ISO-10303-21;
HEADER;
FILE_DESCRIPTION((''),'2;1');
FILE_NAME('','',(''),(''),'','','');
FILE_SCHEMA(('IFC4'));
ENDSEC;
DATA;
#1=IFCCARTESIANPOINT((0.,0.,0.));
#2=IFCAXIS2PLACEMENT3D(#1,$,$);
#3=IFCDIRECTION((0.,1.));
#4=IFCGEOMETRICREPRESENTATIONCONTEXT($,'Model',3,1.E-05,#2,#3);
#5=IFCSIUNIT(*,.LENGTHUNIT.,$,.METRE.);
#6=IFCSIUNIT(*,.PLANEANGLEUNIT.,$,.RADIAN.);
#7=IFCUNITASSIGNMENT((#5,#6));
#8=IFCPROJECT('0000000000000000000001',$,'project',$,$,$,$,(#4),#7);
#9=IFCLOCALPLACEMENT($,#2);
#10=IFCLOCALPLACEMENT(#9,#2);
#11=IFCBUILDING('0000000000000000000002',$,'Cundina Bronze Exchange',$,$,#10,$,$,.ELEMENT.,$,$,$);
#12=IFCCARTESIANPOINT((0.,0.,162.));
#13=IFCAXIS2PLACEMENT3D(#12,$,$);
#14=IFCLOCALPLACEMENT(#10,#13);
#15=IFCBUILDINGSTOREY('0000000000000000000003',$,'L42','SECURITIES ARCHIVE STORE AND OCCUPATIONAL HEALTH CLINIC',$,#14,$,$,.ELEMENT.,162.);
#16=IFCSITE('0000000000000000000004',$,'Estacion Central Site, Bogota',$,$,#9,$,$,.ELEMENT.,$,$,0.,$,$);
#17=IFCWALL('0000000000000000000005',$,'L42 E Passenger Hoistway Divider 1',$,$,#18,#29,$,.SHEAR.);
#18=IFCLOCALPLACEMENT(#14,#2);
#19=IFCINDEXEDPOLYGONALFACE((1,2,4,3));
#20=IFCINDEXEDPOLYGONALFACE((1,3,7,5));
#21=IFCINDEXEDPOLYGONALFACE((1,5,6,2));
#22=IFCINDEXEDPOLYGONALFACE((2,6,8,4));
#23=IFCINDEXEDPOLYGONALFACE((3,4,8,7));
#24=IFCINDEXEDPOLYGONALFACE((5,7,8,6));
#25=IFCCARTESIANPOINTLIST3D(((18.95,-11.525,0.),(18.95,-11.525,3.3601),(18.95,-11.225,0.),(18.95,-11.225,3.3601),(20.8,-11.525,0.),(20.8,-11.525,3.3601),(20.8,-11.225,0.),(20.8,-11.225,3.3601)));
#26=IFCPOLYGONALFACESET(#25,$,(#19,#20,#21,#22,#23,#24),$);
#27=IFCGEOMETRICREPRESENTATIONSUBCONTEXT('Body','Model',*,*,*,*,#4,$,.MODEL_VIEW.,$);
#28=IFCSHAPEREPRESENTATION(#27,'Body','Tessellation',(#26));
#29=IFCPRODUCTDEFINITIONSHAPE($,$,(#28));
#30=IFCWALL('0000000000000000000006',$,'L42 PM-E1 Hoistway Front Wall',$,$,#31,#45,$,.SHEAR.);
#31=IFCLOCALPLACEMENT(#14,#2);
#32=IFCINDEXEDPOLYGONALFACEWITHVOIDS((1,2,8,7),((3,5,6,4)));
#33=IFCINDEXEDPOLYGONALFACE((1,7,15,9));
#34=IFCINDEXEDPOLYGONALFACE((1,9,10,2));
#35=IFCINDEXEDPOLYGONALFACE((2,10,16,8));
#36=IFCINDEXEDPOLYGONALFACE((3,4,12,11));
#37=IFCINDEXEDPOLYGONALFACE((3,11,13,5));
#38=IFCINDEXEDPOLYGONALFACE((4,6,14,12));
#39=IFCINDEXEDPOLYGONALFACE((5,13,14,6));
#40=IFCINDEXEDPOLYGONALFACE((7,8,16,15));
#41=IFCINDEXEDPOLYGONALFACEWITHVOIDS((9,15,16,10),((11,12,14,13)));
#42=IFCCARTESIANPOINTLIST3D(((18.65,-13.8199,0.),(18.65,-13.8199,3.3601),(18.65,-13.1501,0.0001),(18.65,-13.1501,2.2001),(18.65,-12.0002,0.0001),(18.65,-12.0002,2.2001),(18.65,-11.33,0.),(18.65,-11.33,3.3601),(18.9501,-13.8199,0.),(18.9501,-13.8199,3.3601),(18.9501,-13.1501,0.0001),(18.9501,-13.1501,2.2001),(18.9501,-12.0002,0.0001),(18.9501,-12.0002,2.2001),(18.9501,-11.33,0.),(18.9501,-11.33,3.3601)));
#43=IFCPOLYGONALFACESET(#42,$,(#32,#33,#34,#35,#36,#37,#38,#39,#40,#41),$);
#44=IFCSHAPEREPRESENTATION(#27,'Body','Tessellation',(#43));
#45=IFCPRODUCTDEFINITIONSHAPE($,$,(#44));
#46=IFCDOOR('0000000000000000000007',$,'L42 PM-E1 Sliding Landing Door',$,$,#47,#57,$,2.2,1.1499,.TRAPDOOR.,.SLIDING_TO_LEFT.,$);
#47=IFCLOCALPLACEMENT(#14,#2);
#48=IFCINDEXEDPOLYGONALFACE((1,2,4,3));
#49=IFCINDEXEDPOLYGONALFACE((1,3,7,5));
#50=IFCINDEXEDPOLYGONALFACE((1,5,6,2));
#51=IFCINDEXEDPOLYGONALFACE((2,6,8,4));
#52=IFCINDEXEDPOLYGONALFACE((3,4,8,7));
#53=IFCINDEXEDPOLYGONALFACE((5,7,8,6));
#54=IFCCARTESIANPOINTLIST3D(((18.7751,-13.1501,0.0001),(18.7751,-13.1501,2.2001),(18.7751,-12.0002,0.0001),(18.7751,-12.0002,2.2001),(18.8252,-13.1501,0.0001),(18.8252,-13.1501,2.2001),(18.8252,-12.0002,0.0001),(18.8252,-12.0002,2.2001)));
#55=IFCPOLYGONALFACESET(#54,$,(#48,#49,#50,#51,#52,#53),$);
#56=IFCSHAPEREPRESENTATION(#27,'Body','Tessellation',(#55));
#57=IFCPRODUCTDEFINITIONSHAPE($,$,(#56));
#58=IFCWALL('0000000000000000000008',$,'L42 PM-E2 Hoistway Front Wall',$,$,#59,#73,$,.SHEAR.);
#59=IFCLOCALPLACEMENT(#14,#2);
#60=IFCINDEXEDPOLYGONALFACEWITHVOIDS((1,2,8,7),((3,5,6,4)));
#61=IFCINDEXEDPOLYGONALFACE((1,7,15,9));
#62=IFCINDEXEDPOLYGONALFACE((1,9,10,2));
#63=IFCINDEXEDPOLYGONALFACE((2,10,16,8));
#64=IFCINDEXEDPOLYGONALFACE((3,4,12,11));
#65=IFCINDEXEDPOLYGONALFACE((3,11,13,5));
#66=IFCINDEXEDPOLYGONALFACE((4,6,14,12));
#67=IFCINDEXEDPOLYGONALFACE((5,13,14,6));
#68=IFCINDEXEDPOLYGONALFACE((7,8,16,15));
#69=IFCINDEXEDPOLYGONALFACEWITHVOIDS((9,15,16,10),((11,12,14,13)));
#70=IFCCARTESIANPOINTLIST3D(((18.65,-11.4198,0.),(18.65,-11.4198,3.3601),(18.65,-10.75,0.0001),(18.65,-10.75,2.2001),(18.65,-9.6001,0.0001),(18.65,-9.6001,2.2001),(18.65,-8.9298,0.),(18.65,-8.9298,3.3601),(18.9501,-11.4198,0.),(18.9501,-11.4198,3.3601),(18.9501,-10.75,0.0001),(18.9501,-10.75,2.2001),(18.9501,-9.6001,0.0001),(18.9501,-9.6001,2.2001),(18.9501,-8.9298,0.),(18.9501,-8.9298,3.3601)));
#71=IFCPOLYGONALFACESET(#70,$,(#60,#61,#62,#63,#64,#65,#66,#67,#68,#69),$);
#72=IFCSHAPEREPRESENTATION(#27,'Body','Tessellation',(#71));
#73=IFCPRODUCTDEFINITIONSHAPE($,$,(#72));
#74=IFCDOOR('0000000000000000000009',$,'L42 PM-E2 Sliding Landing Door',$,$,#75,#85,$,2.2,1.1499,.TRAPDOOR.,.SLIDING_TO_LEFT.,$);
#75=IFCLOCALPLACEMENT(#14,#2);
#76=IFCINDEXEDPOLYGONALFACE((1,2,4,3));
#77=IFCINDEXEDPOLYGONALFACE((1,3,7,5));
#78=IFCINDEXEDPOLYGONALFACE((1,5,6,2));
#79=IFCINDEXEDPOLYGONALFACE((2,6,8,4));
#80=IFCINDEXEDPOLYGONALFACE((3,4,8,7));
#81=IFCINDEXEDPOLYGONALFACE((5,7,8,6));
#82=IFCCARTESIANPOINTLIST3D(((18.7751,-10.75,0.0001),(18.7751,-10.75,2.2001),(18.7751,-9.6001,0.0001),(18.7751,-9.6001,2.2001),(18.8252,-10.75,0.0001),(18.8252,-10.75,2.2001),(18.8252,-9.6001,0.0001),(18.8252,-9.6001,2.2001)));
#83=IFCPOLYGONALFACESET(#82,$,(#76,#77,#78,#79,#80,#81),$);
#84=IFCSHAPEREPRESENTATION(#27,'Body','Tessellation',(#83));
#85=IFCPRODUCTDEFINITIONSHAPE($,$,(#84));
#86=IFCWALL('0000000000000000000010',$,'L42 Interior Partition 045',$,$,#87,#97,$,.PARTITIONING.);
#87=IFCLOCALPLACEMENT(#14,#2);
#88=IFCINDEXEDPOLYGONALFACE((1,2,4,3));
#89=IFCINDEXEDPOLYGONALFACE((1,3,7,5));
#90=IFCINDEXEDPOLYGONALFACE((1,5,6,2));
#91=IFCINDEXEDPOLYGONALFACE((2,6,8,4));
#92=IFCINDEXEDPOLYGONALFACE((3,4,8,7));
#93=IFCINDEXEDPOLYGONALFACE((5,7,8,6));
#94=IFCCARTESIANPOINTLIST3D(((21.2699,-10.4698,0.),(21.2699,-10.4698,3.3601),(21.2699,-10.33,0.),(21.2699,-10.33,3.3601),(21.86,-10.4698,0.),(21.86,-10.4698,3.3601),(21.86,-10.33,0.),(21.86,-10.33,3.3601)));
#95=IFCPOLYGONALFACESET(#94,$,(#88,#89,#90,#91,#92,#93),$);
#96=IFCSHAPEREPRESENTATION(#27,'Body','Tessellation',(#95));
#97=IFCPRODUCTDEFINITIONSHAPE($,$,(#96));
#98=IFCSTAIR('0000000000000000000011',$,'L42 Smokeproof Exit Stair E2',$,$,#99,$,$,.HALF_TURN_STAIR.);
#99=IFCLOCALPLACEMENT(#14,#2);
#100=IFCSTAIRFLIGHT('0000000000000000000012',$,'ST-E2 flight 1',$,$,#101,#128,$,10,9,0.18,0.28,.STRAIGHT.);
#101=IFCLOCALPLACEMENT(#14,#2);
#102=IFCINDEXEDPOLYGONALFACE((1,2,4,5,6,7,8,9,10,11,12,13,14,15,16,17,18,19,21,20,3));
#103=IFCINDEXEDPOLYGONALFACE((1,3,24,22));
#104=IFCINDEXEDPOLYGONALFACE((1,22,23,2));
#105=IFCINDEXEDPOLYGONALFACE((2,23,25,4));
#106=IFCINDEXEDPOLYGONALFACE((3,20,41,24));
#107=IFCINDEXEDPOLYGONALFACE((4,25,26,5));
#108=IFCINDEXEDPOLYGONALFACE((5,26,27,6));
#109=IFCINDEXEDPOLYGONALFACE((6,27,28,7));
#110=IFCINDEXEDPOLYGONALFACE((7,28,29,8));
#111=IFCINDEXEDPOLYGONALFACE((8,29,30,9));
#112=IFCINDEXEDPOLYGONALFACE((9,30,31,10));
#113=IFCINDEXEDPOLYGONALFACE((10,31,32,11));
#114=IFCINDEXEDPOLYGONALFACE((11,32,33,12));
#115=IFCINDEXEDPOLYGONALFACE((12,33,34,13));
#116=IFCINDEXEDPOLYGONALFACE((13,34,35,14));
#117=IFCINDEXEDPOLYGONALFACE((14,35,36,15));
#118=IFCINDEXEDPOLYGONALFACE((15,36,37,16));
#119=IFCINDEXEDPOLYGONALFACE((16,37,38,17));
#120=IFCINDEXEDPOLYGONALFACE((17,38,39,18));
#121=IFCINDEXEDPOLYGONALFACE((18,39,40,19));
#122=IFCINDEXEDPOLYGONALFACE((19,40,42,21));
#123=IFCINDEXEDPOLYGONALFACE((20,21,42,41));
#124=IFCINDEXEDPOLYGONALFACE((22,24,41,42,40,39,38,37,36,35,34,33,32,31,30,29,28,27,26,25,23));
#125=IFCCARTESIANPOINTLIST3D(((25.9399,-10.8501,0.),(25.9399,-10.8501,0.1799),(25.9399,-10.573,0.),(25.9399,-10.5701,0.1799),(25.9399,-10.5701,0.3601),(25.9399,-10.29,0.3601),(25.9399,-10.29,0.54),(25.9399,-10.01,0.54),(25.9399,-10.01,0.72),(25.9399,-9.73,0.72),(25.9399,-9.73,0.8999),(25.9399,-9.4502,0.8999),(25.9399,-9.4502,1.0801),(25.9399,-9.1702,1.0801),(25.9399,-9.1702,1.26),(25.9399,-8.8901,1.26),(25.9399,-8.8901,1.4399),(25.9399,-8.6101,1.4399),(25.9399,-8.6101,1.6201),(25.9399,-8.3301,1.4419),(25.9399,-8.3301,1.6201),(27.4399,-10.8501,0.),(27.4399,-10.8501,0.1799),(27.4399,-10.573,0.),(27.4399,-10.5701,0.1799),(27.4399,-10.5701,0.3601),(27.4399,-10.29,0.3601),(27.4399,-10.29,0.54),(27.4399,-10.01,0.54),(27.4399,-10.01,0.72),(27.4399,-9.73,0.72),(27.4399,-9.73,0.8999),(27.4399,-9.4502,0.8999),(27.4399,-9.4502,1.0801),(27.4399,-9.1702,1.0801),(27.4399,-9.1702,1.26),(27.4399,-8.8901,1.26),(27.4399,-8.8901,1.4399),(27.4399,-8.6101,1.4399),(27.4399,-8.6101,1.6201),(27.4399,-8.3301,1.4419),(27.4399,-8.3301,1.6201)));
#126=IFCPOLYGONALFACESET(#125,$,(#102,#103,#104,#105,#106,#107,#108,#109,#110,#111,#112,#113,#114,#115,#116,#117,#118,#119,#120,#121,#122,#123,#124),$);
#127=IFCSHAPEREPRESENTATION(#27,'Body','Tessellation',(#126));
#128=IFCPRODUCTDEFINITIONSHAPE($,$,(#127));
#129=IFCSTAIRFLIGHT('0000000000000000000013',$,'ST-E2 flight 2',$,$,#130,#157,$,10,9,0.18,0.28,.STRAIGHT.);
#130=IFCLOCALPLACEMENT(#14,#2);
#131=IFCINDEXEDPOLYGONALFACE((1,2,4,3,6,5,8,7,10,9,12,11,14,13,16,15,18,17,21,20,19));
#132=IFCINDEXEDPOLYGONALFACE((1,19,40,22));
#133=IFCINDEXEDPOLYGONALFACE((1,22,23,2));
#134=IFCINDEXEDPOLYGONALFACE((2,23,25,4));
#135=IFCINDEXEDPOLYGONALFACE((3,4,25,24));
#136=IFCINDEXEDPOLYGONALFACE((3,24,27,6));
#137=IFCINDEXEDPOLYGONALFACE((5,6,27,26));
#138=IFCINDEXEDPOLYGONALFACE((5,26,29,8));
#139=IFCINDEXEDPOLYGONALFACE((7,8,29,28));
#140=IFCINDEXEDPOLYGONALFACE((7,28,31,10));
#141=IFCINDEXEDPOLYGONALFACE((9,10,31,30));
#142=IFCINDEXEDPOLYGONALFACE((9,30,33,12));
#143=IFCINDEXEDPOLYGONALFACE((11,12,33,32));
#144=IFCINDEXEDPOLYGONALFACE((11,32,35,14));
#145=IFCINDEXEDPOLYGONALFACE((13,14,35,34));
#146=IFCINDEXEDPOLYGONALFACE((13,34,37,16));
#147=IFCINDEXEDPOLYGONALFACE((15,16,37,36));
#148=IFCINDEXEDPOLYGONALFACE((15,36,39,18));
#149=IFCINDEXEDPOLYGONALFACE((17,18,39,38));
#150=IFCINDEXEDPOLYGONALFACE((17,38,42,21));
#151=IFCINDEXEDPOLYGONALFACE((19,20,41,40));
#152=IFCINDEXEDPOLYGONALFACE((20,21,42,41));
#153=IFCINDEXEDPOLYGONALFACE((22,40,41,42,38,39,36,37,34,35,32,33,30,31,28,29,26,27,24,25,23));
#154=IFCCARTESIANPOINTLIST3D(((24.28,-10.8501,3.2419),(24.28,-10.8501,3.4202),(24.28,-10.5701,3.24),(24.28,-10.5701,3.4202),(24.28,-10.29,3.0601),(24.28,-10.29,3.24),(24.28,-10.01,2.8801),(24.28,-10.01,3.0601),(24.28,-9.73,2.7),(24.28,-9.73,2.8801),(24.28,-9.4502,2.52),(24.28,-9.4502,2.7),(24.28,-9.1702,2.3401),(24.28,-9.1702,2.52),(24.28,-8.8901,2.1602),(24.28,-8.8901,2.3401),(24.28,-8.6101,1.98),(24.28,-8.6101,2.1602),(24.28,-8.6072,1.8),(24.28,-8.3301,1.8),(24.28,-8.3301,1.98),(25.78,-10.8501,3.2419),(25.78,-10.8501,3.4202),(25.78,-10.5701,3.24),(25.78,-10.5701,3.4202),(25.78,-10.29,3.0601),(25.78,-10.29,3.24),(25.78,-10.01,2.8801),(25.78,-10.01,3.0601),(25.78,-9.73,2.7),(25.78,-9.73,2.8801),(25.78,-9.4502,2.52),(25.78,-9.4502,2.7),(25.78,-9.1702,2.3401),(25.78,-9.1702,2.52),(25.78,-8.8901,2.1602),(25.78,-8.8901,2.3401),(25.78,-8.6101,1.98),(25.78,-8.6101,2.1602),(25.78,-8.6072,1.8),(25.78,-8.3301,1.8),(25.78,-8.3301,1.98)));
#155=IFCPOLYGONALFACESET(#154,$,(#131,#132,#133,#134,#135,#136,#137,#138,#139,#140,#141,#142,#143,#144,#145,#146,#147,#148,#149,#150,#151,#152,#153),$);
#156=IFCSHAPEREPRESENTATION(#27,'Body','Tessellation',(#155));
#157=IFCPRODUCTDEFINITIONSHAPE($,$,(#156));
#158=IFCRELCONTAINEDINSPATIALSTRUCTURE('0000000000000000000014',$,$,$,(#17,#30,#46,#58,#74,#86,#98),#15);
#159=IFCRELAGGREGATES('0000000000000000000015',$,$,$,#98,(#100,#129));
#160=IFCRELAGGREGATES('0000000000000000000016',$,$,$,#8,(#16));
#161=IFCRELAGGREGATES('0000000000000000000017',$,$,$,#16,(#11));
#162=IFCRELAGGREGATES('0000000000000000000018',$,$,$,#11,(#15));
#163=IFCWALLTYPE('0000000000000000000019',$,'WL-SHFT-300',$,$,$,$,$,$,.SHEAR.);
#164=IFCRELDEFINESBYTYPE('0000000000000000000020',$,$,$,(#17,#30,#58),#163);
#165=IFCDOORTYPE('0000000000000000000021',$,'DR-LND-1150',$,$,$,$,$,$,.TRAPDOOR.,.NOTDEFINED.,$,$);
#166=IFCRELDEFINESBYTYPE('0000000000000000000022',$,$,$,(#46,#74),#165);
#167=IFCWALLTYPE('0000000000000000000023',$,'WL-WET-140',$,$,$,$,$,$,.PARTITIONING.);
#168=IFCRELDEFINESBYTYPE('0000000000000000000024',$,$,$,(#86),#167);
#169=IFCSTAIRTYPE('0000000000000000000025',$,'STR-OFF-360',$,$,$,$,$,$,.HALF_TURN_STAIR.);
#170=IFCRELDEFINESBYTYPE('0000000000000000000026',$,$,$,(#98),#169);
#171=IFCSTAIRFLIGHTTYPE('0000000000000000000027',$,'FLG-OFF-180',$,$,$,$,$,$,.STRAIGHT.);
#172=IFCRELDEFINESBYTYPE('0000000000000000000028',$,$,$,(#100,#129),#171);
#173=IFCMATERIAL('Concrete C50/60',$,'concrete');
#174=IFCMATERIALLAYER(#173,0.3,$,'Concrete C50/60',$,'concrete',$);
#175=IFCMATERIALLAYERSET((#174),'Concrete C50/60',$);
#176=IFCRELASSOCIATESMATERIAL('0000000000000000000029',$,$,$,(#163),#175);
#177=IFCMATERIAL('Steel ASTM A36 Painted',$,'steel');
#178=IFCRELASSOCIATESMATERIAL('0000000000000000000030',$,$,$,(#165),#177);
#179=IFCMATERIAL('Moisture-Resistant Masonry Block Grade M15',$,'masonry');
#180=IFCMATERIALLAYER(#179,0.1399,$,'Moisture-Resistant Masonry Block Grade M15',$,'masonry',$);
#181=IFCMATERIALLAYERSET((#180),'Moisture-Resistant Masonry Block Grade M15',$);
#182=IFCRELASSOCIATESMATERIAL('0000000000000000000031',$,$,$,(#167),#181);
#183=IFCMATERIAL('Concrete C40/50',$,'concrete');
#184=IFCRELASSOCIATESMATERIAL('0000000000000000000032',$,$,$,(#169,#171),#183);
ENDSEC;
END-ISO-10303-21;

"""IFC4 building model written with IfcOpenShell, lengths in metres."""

from ifc_helpers import new_model, si_unit, direction, frame, frame_2d, origin, place, context, subcontext, project, spatial, polyline, rectangle, outline, extrude, material, layer, layer_set, type_object, element, fill, aggregate, save


model = new_model("IFC4")

# Units and contexts
model_context = context("Model", 3, precision=1e-05, world=origin(), true_north=direction((0.0, 1.0)))
body_context = subcontext(model_context, "Body", "Model", "MODEL_VIEW")
ifc_project = project(units=[si_unit("LENGTHUNIT", "METRE"), si_unit("PLANEANGLEUNIT", "RADIAN")], contexts=[model_context])

# Site, building, storey
site_placement = place(None, origin())
site = spatial("IfcSite", under=ifc_project, at=site_placement, Name="Estacion Central Site, Bogota", CompositionType="ELEMENT", RefElevation=0.0)
building_placement = place(site_placement, origin())
building = spatial("IfcBuilding", under=site, at=building_placement, Name="Cundina Bronze Exchange", CompositionType="ELEMENT")
storey_placement = place(building_placement, frame((0.0, 0.0, 162.0)))
storey = spatial("IfcBuildingStorey", under=building, at=storey_placement, Name="L42", Description="SECURITIES ARCHIVE STORE AND OCCUPATIONAL HEALTH CLINIC", CompositionType="ELEMENT", Elevation=162.0)

# Shared definitions
ifc_material_1 = material(Name="Concrete C50/60", Category="concrete")

# Shared definitions
ifc_layer_1 = layer(ifc_material_1, 0.3, Name="Concrete C50/60", Category="concrete")
ifc_layer_set_1 = layer_set([ifc_layer_1], Name="Concrete C50/60")
wall_type_1 = type_object("IfcWallType", Name="WL-SHFT-300", PredefinedType="SHEAR", material=ifc_layer_set_1)

# Shared definitions
ifc_material_2 = material(Name="Steel ASTM A36 Painted", Category="steel")
door_type_1 = type_object("IfcDoorType", Name="DR-LND-1150", OperationType="NOTDEFINED", PredefinedType="TRAPDOOR", material=ifc_material_2)

# Wall
wall_1_placement = place(storey_placement, frame((18.95, -11.375, 0.0), z_axis=(0.0, 0.0, 1.0), x_axis=(1.0, 0.0, 0.0)))
element("IfcWall", 1, at=wall_1_placement, inside=storey, type_object=wall_type_1, Name="L42 E Passenger Hoistway Divider 1", PredefinedType="SHEAR", context=body_context, shape_type="SweptSolid", body=[
    extrude(rectangle(XDim=1.8501, YDim=0.3, at=frame_2d((0.925, 0.0))), origin(), (0.0, 0.0, 1.0), 3.3601),
])

# Walls, openings, doors
wall_2_placement = place(storey_placement, frame((18.8, -13.8201, 0.0), z_axis=(0.0, 0.0, 1.0), x_axis=(0.0, 1.0, 0.0)))
wall_2 = element("IfcWall", 2, at=wall_2_placement, inside=storey, type_object=wall_type_1, Name="L42 PM-E1 Hoistway Front Wall", PredefinedType="SHEAR", context=body_context, shape_type="SweptSolid", body=[
    extrude(rectangle(XDim=2.49, YDim=0.3, at=frame_2d((1.2451, 0.0))), origin(), (0.0, 0.0, 1.0), 3.3601),
])
opening_1_placement = place(wall_2_placement, frame((0.6699, 0.0, 0.0)))
opening_1 = element("IfcOpeningElement", 3, at=opening_1_placement, cuts=wall_2, PredefinedType="OPENING", context=body_context, shape_type="SweptSolid", body=[
    extrude(rectangle(XDim=1.1499, YDim=2.2, at=frame_2d((0.575, 1.1001))), frame((0.0, 0.1599, 0.0), z_axis=(0.0, -1.0, 0.0), x_axis=(1.0, 0.0, 0.0)), (0.0, 0.0, 1.0), 0.3201),
])
door_1_placement = place(opening_1_placement, origin())
door_1 = element("IfcDoor", 4, at=door_1_placement, inside=storey, type_object=door_type_1, Name="L42 PM-E1 Sliding Landing Door", OperationType="SLIDING_TO_LEFT", OverallHeight=2.2, OverallWidth=1.1499, PredefinedType="TRAPDOOR", context=body_context, shape_type="SweptSolid", body=[
    extrude(rectangle(XDim=1.1499, YDim=2.2, at=frame_2d((0.575, 1.1001))), frame((0.0, 0.0249, 0.0), z_axis=(0.0, -1.0, 0.0), x_axis=(1.0, 0.0, 0.0)), (0.0, 0.0, 1.0), 0.05),
])
fill(opening_1, door_1)
wall_3_placement = place(storey_placement, frame((18.8, -11.4199, 0.0), z_axis=(0.0, 0.0, 1.0), x_axis=(0.0, 1.0, 0.0)))
wall_3 = element("IfcWall", 5, at=wall_3_placement, inside=storey, type_object=wall_type_1, Name="L42 PM-E2 Hoistway Front Wall", PredefinedType="SHEAR", context=body_context, shape_type="SweptSolid", body=[
    extrude(rectangle(XDim=2.49, YDim=0.3, at=frame_2d((1.2451, 0.0))), origin(), (0.0, 0.0, 1.0), 3.3601),
])
opening_2_placement = place(wall_3_placement, frame((0.6699, 0.0, 0.0)))
opening_2 = element("IfcOpeningElement", 6, at=opening_2_placement, cuts=wall_3, PredefinedType="OPENING", context=body_context, shape_type="SweptSolid", body=[
    extrude(rectangle(XDim=1.1499, YDim=2.2, at=frame_2d((0.575, 1.1001))), frame((0.0, 0.1599, 0.0), z_axis=(0.0, -1.0, 0.0), x_axis=(1.0, 0.0, 0.0)), (0.0, 0.0, 1.0), 0.3201),
])
door_2_placement = place(opening_2_placement, origin())
door_2 = element("IfcDoor", 7, at=door_2_placement, inside=storey, type_object=door_type_1, Name="L42 PM-E2 Sliding Landing Door", OperationType="SLIDING_TO_LEFT", OverallHeight=2.2, OverallWidth=1.1499, PredefinedType="TRAPDOOR", context=body_context, shape_type="SweptSolid", body=[
    extrude(rectangle(XDim=1.1499, YDim=2.2, at=frame_2d((0.575, 1.1001))), frame((0.0, 0.0249, 0.0), z_axis=(0.0, -1.0, 0.0), x_axis=(1.0, 0.0, 0.0)), (0.0, 0.0, 1.0), 0.05),
])
fill(opening_2, door_2)

# Wall
ifc_material_3 = material(Name="Moisture-Resistant Masonry Block Grade M15", Category="masonry")
ifc_layer_2 = layer(ifc_material_3, 0.1399, Name="Moisture-Resistant Masonry Block Grade M15", Category="masonry")
ifc_layer_set_2 = layer_set([ifc_layer_2], Name="Moisture-Resistant Masonry Block Grade M15")
wall_type_2 = type_object("IfcWallType", Name="WL-WET-140", PredefinedType="PARTITIONING", material=ifc_layer_set_2)
wall_4_placement = place(storey_placement, frame((21.27, -10.3999, 0.0), z_axis=(0.0, 0.0, 1.0), x_axis=(1.0, 0.0, 0.0)))
element("IfcWall", 8, at=wall_4_placement, inside=storey, type_object=wall_type_2, Name="L42 Interior Partition 045", PredefinedType="PARTITIONING", context=body_context, shape_type="SweptSolid", body=[
    extrude(rectangle(XDim=0.5901, YDim=0.1399, at=frame_2d((0.2949, 0.0))), origin(), (0.0, 0.0, 1.0), 3.3601),
])

# Stair, stair flights
ifc_material_4 = material(Name="Concrete C40/50", Category="concrete")
stair_type = type_object("IfcStairType", Name="STR-OFF-360", PredefinedType="HALF_TURN_STAIR", material=ifc_material_4)
stair_placement = place(storey_placement, origin())
stair = element("IfcStair", 9, at=stair_placement, inside=storey, type_object=stair_type, Name="L42 Smokeproof Exit Stair E2", PredefinedType="HALF_TURN_STAIR")
stair_flight_type = type_object("IfcStairFlightType", Name="FLG-OFF-180", PredefinedType="STRAIGHT", material=ifc_material_4)
stair_flight_1_placement = place(storey_placement, frame((26.6899, -10.8501, 0.0), z_axis=(0.0, 0.0, 1.0), x_axis=(0.0, 1.0, 0.0)))
stair_flight_1 = element("IfcStairFlight", 10, at=stair_flight_1_placement, type_object=stair_flight_type, Name="ST-E2 flight 1", NumberOfRisers=10, NumberOfTreads=9, PredefinedType="STRAIGHT", RiserHeight=0.18, TreadLength=0.28, context=body_context, shape_type="SweptSolid", body=[
    extrude(outline(polyline([(0.0, 0.0), (0.0, 0.1799), (0.28, 0.1799), (0.28, 0.3601), (0.5601, 0.3601), (0.5601, 0.54), (0.8401, 0.54), (0.8401, 0.72), (1.1201, 0.72), (1.1201, 0.8999), (1.3999, 0.8999), (1.3999, 1.0801), (1.6799, 1.0801), (1.6799, 1.26), (1.96, 1.26), (1.96, 1.4399), (2.24, 1.4399), (2.24, 1.6201), (2.52, 1.6201), (2.52, 1.8), (2.52, 1.4419), (0.2771, 0.0), (0.0, 0.0)])), frame((0.0, 0.75, 0.0), z_axis=(0.0, -1.0, 0.0), x_axis=(1.0, 0.0, 0.0)), (0.0, 0.0, 1.0), 1.5),
])
stair_flight_2_placement = place(storey_placement, frame((25.03, -8.3301, 1.8), z_axis=(0.0, 0.0, 1.0), x_axis=(0.0, -1.0, 0.0)))
stair_flight_2 = element("IfcStairFlight", 11, at=stair_flight_2_placement, type_object=stair_flight_type, Name="ST-E2 flight 2", NumberOfRisers=10, NumberOfTreads=9, PredefinedType="STRAIGHT", RiserHeight=0.18, TreadLength=0.28, context=body_context, shape_type="SweptSolid", body=[
    extrude(outline(polyline([(0.0, 0.0), (0.0, 0.1799), (0.28, 0.1799), (0.28, 0.3601), (0.5601, 0.3601), (0.5601, 0.54), (0.8401, 0.54), (0.8401, 0.72), (1.1201, 0.72), (1.1201, 0.8999), (1.3999, 0.8999), (1.3999, 1.0801), (1.6799, 1.0801), (1.6799, 1.26), (1.96, 1.26), (1.96, 1.4399), (2.24, 1.4399), (2.24, 1.6201), (2.52, 1.6201), (2.52, 1.8), (2.52, 1.4419), (0.2771, 0.0), (0.0, 0.0)])), frame((0.0, 0.75, 0.0), z_axis=(0.0, -1.0, 0.0), x_axis=(1.0, 0.0, 0.0)), (0.0, 0.0, 1.0), 1.5),
])
aggregate(stair, [stair_flight_1, stair_flight_2])

save(model, "model.ifc")
